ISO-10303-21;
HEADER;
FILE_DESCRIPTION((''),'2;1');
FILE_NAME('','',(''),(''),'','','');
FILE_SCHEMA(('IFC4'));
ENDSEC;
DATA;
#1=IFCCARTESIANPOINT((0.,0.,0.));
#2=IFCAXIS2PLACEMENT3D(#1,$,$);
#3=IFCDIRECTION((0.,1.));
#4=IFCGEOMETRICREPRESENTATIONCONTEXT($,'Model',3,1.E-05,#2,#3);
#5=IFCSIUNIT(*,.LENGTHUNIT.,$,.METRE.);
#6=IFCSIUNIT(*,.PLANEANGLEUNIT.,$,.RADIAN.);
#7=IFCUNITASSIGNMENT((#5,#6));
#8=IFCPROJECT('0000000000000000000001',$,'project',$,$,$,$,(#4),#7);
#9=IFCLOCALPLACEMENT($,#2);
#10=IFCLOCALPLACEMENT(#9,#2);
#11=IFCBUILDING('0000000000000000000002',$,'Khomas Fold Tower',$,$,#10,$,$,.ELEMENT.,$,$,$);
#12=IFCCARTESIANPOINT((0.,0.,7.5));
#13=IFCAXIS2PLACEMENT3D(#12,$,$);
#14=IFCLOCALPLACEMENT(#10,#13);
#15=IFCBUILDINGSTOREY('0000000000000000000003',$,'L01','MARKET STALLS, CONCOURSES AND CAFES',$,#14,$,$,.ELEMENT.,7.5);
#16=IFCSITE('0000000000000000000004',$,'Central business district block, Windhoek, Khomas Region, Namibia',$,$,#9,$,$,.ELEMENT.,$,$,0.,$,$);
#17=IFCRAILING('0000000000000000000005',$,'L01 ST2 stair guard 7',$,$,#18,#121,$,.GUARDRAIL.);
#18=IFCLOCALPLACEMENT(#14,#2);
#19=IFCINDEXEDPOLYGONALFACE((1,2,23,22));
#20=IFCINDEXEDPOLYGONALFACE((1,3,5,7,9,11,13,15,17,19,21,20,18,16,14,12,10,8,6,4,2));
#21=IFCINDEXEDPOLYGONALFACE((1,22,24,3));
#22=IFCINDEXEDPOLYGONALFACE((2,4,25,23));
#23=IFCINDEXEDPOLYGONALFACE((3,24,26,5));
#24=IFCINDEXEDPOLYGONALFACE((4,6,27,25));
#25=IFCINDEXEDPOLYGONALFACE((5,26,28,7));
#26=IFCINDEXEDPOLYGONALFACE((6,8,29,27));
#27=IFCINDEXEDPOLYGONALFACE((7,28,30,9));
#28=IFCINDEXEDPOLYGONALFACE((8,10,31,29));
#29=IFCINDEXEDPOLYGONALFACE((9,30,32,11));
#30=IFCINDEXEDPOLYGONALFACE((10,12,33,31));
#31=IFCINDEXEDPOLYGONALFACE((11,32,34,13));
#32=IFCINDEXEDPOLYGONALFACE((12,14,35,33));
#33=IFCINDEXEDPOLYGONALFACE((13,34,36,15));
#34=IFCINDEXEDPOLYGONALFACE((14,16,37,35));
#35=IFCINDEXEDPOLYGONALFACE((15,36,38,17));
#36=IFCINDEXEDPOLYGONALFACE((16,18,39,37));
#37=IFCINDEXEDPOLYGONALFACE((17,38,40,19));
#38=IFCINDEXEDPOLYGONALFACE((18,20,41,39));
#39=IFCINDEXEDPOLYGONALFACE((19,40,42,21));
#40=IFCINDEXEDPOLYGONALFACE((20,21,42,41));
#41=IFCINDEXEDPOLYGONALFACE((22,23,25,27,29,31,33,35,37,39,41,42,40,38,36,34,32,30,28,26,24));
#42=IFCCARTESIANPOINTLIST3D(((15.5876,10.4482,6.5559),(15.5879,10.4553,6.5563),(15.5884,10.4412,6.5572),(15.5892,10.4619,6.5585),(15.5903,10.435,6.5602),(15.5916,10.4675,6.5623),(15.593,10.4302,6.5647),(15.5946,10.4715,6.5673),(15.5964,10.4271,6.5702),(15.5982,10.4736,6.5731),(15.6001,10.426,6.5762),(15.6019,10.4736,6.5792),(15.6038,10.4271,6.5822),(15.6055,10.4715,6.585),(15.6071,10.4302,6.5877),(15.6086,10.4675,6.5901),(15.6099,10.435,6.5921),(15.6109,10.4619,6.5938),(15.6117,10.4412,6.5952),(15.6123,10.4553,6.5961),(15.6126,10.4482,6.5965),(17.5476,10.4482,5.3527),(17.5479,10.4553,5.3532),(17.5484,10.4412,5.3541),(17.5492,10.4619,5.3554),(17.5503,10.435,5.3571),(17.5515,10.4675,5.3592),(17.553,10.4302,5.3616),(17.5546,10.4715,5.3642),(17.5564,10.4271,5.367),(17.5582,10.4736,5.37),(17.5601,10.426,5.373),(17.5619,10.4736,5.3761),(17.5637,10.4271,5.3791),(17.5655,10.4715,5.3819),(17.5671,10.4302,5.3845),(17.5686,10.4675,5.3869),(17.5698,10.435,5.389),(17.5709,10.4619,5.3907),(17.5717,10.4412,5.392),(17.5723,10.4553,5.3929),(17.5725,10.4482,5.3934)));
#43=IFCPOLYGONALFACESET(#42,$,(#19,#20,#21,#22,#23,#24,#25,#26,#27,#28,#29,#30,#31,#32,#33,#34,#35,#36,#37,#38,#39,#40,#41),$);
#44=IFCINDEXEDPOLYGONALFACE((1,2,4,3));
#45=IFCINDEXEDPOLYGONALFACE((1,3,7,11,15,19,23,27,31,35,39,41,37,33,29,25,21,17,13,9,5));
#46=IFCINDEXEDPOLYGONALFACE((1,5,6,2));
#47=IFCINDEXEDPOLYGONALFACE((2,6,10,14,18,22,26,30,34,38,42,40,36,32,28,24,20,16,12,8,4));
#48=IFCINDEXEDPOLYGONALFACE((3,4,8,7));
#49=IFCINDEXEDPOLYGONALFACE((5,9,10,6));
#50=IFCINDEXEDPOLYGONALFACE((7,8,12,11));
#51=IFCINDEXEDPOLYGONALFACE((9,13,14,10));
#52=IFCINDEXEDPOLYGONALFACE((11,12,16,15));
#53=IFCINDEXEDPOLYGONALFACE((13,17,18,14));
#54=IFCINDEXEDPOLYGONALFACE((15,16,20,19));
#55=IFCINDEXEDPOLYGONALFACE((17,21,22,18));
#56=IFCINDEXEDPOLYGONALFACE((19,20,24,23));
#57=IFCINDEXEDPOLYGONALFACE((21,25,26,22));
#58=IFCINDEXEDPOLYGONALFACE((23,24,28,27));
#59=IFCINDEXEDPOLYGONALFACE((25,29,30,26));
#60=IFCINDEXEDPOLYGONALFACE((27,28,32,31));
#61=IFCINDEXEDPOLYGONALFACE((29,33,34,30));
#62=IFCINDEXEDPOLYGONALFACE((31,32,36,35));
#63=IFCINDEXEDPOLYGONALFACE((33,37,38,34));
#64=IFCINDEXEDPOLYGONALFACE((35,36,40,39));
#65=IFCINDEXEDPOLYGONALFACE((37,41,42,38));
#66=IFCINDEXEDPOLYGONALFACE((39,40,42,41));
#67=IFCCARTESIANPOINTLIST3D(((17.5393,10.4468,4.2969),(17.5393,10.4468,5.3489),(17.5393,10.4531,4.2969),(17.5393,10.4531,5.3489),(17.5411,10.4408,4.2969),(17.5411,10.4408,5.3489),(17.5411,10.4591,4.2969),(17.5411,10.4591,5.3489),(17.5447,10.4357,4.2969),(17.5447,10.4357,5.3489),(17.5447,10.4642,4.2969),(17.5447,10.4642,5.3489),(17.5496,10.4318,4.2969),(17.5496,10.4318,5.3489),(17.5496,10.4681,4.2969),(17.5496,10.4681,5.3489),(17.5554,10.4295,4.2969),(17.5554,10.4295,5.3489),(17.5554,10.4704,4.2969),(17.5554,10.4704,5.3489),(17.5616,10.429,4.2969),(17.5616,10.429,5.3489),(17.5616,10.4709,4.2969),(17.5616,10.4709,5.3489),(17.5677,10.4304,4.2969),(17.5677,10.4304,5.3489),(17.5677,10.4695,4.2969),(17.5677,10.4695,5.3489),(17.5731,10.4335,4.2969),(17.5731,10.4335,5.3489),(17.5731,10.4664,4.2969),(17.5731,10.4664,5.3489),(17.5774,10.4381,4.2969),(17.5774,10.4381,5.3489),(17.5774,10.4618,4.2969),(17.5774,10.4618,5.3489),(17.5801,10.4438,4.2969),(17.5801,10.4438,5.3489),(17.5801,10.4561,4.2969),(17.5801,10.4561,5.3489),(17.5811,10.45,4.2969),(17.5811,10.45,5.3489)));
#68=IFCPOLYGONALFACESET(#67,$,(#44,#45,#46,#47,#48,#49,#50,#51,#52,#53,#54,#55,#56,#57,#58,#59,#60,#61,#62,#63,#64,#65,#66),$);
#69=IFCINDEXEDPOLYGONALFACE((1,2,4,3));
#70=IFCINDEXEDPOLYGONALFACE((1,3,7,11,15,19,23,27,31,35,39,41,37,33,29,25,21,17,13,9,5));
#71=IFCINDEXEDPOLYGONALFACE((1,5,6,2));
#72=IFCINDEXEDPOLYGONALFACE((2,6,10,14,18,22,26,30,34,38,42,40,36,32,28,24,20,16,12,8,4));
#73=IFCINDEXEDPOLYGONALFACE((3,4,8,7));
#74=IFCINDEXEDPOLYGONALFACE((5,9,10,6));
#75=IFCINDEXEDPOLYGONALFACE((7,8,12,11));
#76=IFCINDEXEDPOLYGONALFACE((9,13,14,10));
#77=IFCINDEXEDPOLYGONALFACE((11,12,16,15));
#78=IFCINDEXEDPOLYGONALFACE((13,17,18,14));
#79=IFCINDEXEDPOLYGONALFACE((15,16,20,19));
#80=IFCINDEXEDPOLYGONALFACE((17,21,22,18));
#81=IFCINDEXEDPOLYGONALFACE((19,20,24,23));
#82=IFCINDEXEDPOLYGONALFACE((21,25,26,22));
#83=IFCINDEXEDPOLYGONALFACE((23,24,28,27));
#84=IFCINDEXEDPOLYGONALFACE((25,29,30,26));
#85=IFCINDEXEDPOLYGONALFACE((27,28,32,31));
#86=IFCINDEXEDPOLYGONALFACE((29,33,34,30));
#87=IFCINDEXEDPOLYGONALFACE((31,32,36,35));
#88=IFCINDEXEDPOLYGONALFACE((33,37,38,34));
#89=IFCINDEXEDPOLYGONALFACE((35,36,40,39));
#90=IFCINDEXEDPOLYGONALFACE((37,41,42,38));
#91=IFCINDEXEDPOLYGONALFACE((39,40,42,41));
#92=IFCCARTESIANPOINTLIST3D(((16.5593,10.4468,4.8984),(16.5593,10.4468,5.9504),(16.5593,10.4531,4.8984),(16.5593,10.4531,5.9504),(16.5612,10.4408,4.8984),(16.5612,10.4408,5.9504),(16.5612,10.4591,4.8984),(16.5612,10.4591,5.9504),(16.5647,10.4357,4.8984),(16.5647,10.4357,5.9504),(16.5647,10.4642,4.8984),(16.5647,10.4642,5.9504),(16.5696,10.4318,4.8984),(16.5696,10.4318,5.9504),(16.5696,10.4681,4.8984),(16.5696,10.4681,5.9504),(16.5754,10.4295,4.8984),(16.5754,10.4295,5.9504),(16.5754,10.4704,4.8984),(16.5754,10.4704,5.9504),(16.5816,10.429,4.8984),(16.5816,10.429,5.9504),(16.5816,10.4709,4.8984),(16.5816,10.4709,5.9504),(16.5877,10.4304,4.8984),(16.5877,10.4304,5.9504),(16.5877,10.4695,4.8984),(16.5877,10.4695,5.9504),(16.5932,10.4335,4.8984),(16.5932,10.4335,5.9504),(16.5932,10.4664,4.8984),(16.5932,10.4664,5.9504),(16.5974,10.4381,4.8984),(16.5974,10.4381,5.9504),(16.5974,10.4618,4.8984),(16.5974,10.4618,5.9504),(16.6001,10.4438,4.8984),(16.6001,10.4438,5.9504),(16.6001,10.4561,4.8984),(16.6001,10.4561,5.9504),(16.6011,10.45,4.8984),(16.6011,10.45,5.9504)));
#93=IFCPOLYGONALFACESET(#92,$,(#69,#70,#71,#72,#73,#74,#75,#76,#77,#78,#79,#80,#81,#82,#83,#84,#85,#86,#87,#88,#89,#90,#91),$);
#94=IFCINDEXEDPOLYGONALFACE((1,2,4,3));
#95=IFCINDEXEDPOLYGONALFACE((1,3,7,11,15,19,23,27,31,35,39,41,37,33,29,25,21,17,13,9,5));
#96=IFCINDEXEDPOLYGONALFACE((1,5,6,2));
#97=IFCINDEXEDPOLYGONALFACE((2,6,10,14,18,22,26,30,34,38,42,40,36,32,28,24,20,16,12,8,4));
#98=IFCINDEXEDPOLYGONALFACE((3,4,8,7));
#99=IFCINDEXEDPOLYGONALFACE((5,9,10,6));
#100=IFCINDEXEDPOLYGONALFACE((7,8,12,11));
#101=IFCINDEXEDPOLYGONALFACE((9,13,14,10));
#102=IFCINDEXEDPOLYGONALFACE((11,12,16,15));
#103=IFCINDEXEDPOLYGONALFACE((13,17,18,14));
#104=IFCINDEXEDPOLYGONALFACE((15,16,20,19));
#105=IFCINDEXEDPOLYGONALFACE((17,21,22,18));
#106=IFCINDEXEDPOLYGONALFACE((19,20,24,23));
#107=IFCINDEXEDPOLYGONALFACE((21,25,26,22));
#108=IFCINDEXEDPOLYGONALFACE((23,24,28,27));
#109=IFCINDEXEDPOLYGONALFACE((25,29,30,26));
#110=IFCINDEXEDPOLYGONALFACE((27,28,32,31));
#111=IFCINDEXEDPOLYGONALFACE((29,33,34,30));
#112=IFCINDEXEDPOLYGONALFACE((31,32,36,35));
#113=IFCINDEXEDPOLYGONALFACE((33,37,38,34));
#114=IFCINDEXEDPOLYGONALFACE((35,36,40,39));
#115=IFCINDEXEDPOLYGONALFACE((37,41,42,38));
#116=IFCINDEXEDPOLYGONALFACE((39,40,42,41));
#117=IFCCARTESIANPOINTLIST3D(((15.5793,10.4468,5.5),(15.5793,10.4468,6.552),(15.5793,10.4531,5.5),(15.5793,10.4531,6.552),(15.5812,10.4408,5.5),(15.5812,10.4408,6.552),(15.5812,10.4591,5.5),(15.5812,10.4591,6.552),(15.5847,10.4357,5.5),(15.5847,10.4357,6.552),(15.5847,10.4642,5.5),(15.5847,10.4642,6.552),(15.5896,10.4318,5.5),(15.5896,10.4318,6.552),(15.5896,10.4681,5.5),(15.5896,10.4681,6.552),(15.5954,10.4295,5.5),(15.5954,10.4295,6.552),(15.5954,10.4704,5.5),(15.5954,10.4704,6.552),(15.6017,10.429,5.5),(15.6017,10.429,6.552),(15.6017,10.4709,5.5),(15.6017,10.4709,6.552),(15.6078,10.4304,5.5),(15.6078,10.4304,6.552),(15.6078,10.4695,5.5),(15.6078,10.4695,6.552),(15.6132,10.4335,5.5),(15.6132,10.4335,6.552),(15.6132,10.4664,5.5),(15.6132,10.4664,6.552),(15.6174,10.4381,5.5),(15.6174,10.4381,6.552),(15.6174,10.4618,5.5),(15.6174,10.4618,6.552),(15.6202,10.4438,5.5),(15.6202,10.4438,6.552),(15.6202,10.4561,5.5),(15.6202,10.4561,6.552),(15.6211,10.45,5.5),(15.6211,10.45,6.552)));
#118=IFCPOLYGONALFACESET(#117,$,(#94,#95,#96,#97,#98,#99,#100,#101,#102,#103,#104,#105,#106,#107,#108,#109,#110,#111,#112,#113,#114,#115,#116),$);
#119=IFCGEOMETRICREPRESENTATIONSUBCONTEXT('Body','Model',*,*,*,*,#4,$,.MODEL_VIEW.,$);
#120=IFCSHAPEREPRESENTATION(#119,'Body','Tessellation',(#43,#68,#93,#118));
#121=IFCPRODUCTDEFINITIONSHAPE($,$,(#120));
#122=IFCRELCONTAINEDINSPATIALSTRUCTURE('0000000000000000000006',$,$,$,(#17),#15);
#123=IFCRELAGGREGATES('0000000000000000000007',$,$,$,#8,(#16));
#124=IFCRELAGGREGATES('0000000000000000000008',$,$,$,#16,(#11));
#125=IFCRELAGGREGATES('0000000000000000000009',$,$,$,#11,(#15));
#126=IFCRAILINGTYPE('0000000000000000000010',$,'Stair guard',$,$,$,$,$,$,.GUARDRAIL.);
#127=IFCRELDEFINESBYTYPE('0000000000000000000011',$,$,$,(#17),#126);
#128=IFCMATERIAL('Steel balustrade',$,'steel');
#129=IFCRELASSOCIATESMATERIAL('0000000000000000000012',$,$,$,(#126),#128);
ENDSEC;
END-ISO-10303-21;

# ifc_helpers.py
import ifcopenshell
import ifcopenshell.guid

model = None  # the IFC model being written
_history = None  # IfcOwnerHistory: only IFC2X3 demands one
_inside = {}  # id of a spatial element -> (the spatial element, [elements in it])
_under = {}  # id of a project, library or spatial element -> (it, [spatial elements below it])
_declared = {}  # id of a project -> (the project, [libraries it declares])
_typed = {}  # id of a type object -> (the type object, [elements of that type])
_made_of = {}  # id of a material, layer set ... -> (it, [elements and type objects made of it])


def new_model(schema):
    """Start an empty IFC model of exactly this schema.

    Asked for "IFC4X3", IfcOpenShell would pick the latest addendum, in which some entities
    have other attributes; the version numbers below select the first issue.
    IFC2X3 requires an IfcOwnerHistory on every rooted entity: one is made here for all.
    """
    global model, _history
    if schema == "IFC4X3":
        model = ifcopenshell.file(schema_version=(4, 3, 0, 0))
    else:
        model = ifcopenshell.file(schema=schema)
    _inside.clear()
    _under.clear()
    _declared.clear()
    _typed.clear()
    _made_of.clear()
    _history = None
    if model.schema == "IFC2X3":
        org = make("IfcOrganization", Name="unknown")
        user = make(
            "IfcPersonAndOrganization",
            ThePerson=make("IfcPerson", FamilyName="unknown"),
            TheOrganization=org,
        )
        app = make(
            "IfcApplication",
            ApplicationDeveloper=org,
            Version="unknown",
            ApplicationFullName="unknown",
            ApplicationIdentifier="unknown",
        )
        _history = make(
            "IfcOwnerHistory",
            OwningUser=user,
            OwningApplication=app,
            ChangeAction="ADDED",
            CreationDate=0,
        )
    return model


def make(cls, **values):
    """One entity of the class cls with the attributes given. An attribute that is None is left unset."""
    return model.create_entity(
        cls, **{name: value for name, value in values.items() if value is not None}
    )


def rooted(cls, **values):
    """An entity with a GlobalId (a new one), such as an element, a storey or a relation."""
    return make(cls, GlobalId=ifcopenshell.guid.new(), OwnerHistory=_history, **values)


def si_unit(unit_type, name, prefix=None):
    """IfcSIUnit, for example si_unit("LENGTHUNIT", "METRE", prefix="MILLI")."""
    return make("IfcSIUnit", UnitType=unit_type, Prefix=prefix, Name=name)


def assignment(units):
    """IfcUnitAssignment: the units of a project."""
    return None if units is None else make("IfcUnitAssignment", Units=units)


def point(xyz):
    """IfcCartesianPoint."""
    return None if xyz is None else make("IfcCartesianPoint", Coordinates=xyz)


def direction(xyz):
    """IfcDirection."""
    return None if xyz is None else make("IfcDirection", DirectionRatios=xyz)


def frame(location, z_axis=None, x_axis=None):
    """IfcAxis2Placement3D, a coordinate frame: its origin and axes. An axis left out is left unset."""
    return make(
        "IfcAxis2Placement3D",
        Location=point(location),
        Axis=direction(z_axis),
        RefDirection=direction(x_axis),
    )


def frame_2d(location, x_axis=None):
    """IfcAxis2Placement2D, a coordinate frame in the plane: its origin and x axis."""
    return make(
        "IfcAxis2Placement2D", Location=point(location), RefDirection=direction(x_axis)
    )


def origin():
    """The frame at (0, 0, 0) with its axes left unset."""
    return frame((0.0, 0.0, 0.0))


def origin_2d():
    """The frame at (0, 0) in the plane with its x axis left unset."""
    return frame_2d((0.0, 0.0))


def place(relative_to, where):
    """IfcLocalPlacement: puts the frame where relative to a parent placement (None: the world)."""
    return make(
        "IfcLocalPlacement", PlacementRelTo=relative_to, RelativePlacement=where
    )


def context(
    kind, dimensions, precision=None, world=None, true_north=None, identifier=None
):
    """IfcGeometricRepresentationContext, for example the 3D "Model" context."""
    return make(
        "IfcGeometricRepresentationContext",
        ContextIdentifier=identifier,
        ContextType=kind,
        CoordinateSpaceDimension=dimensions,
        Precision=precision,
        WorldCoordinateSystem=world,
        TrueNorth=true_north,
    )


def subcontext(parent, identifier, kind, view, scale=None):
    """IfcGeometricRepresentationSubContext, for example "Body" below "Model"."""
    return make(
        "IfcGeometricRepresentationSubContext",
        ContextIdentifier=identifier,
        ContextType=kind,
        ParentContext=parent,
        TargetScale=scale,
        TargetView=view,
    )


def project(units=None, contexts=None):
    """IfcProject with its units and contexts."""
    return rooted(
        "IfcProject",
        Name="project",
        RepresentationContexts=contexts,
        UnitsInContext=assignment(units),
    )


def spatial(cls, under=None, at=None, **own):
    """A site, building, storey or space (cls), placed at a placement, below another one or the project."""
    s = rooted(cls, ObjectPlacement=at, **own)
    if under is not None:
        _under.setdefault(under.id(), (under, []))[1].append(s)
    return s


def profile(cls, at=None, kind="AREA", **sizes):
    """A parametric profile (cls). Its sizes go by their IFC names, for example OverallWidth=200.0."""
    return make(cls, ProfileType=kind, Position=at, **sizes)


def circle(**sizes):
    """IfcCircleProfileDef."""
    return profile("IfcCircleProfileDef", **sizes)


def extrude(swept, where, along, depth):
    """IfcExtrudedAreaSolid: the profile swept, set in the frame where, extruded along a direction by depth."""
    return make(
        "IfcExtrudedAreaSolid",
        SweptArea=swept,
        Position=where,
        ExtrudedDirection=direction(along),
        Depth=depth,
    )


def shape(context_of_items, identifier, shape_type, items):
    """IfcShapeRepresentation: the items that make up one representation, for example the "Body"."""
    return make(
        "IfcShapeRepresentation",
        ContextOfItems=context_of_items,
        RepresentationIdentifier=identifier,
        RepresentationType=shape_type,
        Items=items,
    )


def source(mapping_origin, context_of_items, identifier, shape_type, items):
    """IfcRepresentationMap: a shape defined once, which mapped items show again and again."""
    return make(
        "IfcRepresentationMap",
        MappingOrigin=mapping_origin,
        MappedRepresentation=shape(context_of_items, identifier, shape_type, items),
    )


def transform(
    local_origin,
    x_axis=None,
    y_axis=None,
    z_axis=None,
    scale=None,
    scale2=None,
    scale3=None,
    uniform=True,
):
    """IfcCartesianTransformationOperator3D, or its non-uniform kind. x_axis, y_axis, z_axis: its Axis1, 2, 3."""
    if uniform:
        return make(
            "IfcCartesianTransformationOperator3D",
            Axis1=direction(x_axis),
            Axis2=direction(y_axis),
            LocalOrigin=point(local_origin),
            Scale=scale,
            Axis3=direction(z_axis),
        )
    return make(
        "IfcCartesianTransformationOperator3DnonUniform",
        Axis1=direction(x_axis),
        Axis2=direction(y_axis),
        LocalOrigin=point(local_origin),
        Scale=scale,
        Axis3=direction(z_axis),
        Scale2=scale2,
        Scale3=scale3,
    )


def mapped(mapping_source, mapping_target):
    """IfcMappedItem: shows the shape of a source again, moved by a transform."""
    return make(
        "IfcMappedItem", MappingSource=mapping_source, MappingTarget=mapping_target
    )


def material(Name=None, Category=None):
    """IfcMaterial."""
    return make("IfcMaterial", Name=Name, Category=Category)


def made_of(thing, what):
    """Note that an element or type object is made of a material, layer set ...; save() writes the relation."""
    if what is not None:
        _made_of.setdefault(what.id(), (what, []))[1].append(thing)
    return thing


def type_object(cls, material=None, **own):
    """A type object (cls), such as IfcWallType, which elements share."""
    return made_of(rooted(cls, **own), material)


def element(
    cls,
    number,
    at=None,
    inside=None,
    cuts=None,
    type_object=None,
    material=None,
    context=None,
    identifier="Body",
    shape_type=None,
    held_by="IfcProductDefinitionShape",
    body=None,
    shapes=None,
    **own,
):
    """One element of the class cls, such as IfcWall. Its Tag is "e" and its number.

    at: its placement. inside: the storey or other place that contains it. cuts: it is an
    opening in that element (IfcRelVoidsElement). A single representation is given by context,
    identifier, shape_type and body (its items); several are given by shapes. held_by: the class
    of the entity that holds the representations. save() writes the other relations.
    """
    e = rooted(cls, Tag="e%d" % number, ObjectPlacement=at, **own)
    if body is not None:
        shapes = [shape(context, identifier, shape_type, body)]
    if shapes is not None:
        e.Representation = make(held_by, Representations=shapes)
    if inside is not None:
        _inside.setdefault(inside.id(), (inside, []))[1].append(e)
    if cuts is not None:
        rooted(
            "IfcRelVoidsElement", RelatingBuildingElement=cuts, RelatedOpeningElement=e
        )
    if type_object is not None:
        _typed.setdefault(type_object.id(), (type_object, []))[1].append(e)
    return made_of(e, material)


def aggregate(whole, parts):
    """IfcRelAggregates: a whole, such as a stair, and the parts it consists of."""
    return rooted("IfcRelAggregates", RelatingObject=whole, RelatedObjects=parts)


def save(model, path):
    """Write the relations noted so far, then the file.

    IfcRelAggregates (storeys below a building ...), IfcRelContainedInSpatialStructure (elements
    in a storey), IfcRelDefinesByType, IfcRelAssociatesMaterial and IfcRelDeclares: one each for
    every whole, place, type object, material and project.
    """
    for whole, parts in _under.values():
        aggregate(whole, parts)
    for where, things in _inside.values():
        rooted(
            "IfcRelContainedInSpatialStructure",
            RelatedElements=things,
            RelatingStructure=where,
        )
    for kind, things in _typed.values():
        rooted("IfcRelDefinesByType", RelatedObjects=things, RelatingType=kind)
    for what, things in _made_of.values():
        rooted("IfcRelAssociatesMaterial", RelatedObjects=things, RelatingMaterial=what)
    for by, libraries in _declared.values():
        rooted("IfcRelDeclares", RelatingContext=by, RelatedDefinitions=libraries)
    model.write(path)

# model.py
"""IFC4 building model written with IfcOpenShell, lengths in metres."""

from ifc_helpers import new_model, si_unit, direction, frame, origin, origin_2d, place, context, subcontext, project, spatial, circle, extrude, source, transform, mapped, material, type_object, element, save


model = new_model("IFC4")

# Units and contexts
model_context = context("Model", 3, precision=1e-05, world=origin(), true_north=direction((0.0, 1.0)))
body_context = subcontext(model_context, "Body", "Model", "MODEL_VIEW")
ifc_project = project(units=[si_unit("LENGTHUNIT", "METRE"), si_unit("PLANEANGLEUNIT", "RADIAN")], contexts=[model_context])

# Site, building, storey
site_placement = place(None, origin())
site = spatial("IfcSite", under=ifc_project, at=site_placement, Name="Central business district block, Windhoek, Khomas Region, Namibia", CompositionType="ELEMENT", RefElevation=0.0)
building_placement = place(site_placement, origin())
building = spatial("IfcBuilding", under=site, at=building_placement, Name="Khomas Fold Tower", CompositionType="ELEMENT")
storey_placement = place(building_placement, frame((0.0, 0.0, 7.5)))
storey = spatial("IfcBuildingStorey", under=building, at=storey_placement, Name="L01", Description="MARKET STALLS, CONCOURSES AND CAFES", CompositionType="ELEMENT", Elevation=7.5)

# Railing
ifc_material_1 = material(Name="Steel balustrade", Category="steel")
railing_type_1 = type_object("IfcRailingType", Name="Stair guard", PredefinedType="GUARDRAIL", material=ifc_material_1)
shared_shape_1 = source(origin(), body_context, "Body", "SweptSolid", [
    extrude(circle(Radius=0.0239, at=origin_2d()), frame((0.0, 0.0, 1.0762), z_axis=(-0.852241, 0.0, 0.523149), x_axis=(0.0, -1.0, 0.0)), (0.0, 0.0, 1.0), 2.2998),
    extrude(circle(Radius=0.021, at=origin_2d()), origin(), (0.0, 0.0, 1.0), 1.052),
    extrude(circle(Radius=0.021, at=origin_2d()), frame((-0.98, 0.0, 0.6016)), (0.0, 0.0, 1.0), 1.052),
    extrude(circle(Radius=0.021, at=origin_2d()), frame((-1.96, 0.0, 1.2031)), (0.0, 0.0, 1.0), 1.052),
])
for number, where, name in (
    (1, (17.5601, 10.45, 4.2969), "L01 ST2 stair guard 7"),
):
    element("IfcRailing", number, at=place(storey_placement, frame(where)), inside=storey, type_object=railing_type_1, Name=name, PredefinedType="GUARDRAIL", context=body_context, shape_type="MappedRepresentation", body=[
        mapped(shared_shape_1, transform((0.0, 0.0, 0.0))),
    ])

save(model, "model.ifc")
